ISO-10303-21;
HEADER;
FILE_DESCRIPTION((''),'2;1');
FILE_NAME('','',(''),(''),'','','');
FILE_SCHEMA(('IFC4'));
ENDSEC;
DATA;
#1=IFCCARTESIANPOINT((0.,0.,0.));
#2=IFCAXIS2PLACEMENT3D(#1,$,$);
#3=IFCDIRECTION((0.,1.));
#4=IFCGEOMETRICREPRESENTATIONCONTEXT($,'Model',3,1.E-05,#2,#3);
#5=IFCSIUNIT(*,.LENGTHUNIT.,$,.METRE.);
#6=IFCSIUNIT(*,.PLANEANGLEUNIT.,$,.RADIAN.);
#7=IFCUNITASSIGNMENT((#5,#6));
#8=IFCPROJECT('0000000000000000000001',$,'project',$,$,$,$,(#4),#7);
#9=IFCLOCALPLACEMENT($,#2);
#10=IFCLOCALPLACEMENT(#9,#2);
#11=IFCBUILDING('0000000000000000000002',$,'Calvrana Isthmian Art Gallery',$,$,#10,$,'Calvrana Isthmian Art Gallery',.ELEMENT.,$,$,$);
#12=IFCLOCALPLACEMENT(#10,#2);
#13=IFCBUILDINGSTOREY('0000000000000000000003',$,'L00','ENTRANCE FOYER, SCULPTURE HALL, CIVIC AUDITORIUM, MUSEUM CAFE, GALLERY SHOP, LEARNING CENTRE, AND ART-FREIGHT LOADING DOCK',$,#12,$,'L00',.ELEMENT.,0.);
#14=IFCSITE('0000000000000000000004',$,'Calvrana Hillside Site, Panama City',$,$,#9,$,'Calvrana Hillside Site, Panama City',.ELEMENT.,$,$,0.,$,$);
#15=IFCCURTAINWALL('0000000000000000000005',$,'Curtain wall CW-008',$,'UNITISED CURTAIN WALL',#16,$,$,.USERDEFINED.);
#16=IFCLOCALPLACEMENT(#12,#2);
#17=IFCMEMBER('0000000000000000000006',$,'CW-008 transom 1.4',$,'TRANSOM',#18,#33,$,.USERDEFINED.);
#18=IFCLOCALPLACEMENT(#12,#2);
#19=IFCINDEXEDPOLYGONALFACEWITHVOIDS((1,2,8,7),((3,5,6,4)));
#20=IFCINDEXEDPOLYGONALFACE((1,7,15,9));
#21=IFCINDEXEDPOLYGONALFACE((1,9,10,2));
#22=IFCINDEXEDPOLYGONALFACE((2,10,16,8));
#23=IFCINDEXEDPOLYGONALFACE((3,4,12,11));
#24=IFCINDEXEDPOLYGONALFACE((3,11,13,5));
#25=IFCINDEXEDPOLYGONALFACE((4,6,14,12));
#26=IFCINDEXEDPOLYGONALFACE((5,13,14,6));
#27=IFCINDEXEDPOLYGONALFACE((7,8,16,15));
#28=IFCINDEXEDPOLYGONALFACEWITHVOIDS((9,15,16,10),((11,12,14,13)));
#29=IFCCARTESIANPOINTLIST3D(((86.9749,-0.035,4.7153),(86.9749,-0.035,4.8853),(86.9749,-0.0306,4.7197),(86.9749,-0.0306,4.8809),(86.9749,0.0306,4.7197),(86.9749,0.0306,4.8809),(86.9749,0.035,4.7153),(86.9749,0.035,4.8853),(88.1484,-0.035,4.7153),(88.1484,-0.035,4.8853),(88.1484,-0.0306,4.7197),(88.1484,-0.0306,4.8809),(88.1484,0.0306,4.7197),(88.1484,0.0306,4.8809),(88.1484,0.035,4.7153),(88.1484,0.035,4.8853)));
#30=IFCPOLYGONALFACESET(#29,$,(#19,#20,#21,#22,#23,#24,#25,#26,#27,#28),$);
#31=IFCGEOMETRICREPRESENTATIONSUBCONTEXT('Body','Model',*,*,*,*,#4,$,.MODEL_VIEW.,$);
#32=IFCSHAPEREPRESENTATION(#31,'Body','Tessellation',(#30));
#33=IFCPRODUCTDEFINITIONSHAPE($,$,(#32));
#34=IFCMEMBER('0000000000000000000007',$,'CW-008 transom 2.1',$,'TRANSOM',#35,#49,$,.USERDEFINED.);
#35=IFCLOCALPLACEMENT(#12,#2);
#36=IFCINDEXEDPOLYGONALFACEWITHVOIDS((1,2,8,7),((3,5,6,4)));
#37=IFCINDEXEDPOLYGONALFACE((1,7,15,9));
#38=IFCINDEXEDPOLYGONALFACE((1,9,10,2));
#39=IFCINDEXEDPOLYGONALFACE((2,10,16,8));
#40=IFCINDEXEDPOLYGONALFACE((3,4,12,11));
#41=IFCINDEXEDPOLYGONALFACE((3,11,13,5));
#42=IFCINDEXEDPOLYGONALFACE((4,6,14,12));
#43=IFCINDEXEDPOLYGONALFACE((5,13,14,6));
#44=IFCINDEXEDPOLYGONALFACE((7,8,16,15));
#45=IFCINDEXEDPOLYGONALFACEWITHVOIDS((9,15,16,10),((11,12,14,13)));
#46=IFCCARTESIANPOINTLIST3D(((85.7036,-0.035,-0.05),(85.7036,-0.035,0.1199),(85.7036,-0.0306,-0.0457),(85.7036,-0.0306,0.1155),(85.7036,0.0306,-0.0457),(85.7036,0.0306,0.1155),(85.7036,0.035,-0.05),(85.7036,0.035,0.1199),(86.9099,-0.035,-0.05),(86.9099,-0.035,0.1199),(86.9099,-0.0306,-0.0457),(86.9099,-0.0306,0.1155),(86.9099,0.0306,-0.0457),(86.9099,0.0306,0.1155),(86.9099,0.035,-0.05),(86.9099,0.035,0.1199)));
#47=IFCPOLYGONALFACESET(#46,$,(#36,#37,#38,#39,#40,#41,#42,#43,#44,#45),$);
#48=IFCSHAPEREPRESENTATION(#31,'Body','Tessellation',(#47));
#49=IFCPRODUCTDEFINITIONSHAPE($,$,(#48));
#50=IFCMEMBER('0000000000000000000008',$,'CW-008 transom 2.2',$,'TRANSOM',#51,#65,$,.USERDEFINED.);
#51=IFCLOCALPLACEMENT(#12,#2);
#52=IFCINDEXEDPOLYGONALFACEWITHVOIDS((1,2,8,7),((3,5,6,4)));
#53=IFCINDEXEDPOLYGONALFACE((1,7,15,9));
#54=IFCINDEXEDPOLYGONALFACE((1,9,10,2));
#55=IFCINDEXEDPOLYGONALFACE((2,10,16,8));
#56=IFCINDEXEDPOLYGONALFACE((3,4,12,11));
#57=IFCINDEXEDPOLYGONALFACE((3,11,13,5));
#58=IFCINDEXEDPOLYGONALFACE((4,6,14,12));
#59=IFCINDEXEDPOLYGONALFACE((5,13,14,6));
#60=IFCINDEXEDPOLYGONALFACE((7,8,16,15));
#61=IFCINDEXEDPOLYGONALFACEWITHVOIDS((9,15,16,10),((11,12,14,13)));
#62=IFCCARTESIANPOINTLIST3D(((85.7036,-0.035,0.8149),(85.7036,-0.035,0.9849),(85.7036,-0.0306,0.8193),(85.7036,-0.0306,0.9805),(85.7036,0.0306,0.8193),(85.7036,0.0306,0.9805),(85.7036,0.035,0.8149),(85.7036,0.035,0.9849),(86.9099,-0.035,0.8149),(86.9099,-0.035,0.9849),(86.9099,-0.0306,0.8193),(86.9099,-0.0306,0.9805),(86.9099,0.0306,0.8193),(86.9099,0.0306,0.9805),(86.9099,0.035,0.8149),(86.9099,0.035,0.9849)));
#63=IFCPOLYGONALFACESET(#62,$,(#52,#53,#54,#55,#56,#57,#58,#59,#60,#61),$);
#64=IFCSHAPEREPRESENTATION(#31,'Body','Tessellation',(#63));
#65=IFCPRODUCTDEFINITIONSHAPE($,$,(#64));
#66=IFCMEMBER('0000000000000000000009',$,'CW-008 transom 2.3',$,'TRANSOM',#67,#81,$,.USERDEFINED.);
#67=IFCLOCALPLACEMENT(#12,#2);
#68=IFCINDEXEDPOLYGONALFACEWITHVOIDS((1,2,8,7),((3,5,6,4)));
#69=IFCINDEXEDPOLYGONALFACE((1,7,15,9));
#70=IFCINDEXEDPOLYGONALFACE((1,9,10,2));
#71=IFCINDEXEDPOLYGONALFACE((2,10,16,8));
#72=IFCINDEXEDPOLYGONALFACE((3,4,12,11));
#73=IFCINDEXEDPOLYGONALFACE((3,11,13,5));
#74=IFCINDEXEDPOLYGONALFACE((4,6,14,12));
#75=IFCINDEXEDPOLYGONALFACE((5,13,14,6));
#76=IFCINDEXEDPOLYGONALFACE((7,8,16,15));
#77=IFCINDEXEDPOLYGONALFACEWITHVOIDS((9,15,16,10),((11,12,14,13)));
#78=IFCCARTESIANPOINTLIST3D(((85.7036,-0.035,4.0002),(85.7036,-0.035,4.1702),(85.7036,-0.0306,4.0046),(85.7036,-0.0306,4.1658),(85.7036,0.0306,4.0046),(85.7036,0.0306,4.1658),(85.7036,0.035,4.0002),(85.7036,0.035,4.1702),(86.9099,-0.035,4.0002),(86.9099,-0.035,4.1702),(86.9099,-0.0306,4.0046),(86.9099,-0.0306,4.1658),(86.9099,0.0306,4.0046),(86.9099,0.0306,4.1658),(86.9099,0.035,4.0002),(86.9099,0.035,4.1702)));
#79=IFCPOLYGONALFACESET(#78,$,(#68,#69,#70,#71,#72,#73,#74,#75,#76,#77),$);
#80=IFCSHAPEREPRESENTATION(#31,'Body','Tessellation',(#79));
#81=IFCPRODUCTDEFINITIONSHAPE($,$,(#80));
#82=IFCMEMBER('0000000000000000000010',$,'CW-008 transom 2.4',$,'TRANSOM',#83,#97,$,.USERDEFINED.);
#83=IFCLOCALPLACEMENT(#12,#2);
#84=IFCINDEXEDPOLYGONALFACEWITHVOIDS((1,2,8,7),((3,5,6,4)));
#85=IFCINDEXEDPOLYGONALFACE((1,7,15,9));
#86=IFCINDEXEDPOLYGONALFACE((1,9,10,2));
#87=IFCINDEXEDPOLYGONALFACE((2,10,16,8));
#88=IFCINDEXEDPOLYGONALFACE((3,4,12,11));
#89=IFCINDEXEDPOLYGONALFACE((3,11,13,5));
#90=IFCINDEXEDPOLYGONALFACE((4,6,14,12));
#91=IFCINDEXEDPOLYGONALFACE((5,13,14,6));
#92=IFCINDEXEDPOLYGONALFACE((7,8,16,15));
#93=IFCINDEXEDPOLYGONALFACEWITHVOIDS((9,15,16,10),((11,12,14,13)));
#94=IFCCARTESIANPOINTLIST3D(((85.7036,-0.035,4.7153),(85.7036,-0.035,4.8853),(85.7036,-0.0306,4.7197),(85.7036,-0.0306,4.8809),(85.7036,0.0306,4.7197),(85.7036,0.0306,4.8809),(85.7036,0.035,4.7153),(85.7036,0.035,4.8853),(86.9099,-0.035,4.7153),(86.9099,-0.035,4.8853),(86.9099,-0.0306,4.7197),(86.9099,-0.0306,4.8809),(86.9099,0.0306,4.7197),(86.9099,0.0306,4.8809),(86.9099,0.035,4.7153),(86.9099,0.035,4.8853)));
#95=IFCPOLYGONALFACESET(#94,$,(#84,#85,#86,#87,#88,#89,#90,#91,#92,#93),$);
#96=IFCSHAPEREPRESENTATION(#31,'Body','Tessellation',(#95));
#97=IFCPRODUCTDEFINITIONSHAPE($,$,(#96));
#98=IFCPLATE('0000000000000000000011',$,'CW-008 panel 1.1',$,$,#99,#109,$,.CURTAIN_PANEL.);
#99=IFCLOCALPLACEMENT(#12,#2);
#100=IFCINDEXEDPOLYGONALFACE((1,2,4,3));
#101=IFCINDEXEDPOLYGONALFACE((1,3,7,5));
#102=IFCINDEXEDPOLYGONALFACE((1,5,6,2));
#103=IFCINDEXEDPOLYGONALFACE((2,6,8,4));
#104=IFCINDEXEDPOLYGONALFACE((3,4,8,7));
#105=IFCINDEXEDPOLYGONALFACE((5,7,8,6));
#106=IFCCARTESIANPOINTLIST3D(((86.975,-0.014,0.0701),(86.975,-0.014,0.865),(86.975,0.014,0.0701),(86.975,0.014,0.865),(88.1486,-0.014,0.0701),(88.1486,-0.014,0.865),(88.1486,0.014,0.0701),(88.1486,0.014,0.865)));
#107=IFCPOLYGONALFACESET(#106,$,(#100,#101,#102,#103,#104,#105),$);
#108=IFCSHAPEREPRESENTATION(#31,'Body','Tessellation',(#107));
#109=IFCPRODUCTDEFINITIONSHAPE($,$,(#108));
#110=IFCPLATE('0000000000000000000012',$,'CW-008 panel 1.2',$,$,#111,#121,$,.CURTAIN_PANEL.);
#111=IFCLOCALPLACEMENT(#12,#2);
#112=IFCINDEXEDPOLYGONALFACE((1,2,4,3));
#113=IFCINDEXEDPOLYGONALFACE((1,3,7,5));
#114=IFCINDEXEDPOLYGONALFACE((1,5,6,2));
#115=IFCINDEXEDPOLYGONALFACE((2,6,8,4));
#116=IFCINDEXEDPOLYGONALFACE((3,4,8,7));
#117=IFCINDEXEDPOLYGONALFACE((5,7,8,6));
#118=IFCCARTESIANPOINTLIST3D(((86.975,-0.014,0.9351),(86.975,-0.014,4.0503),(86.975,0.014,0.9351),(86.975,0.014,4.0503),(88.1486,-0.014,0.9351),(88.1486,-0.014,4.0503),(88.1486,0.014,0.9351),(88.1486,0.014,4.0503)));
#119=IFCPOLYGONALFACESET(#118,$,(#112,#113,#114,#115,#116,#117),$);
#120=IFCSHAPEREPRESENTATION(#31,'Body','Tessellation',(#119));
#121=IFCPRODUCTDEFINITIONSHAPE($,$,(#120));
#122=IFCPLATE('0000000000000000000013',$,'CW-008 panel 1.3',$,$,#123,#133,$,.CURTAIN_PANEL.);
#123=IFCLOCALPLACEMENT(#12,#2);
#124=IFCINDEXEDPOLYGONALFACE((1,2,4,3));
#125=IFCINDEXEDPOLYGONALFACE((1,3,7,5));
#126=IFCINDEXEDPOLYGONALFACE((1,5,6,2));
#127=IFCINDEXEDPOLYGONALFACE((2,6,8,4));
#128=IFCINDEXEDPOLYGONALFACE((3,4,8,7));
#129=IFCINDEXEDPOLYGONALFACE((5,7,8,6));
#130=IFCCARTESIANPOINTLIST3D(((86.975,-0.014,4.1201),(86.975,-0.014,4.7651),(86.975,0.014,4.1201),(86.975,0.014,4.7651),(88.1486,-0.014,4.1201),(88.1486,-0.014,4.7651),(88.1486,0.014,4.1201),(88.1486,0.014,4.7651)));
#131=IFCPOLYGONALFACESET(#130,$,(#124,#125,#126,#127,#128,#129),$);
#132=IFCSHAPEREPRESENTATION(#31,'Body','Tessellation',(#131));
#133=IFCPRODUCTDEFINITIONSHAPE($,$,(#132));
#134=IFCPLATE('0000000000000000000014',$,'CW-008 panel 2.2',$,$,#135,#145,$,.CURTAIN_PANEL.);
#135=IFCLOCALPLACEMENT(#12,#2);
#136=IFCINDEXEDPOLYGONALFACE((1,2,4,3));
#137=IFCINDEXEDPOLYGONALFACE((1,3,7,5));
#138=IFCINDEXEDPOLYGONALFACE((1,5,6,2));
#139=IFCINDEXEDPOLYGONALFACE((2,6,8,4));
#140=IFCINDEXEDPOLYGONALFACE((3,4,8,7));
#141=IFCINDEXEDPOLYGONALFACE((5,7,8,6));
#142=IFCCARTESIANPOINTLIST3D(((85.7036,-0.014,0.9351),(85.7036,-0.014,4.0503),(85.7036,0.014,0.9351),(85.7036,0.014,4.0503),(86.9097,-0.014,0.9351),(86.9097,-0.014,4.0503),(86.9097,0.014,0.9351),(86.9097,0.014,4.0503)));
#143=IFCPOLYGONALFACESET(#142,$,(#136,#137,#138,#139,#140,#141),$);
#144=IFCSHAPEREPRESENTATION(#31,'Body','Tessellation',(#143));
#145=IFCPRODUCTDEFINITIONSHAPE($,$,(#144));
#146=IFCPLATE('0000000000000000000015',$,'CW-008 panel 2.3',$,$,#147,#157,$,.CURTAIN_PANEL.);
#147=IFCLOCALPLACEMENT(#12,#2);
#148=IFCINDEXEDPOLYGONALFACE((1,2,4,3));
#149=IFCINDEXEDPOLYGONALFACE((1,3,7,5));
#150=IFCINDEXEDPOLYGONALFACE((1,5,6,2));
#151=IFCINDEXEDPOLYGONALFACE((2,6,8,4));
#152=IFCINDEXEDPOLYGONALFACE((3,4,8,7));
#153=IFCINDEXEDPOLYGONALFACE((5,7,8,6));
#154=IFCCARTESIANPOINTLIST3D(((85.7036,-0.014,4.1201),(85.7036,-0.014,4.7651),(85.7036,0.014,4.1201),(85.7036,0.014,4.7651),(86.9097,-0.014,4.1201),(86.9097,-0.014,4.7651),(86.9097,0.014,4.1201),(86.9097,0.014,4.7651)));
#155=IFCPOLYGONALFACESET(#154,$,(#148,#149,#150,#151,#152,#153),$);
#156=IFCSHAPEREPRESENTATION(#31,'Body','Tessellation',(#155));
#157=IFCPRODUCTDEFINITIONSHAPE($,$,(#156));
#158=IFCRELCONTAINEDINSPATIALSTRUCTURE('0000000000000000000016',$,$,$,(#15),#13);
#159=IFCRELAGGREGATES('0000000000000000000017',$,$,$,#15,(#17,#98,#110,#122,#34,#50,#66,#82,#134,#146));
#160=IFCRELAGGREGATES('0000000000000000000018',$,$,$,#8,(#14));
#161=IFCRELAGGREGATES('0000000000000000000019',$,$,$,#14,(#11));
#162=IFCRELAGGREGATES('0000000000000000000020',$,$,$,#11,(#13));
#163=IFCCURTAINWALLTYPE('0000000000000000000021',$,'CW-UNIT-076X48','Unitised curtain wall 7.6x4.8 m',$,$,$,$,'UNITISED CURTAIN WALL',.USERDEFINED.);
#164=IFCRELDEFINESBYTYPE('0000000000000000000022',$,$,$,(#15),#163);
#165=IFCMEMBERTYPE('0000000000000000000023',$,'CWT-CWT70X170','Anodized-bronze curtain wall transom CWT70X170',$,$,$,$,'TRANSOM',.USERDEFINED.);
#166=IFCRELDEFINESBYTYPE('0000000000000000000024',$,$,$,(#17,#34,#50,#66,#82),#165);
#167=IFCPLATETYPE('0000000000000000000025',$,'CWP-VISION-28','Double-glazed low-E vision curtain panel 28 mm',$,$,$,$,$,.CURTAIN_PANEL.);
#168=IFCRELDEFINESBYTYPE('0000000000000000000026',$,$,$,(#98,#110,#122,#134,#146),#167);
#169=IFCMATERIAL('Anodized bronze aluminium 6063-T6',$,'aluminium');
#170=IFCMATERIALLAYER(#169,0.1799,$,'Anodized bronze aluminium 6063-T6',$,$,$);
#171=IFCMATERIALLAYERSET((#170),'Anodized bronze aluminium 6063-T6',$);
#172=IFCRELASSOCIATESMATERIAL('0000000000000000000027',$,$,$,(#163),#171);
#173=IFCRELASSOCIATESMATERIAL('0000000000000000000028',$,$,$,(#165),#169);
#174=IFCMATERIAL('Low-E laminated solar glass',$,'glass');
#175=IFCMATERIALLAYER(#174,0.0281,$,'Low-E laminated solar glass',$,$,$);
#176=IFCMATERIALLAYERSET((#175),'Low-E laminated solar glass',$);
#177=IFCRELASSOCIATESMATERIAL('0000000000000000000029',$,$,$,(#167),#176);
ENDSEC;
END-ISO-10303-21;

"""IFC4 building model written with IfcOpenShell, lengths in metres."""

from ifc_helpers import new_model, si_unit, direction, frame, origin, origin_2d, place, context, subcontext, project, spatial, rectangle, hollow_rectangle, extrude, material, layer, layer_set, material_profile, profile_set, type_object, element, aggregate, save


model = new_model("IFC4")

# Units and contexts
model_context = context("Model", 3, precision=1e-05, world=origin(), true_north=direction((0.0, 1.0)))
body_context = subcontext(model_context, "Body", "Model", "MODEL_VIEW")
ifc_project = project(units=[si_unit("LENGTHUNIT", "METRE"), si_unit("PLANEANGLEUNIT", "RADIAN")], contexts=[model_context])

# Site, building, storey
site_placement = place(None, origin())
site = spatial("IfcSite", under=ifc_project, at=site_placement, Name="Calvrana Hillside Site, Panama City", LongName="Calvrana Hillside Site, Panama City", CompositionType="ELEMENT", RefElevation=0.0)
building_placement = place(site_placement, origin())
building = spatial("IfcBuilding", under=site, at=building_placement, Name="Calvrana Isthmian Art Gallery", LongName="Calvrana Isthmian Art Gallery", CompositionType="ELEMENT")
storey_placement = place(building_placement, origin())
storey = spatial("IfcBuildingStorey", under=building, at=storey_placement, Name="L00", Description="ENTRANCE FOYER, SCULPTURE HALL, CIVIC AUDITORIUM, MUSEUM CAFE, GALLERY SHOP, LEARNING CENTRE, AND ART-FREIGHT LOADING DOCK", LongName="L00", CompositionType="ELEMENT", Elevation=0.0)

# Curtain wall, members, plates
ifc_material_1 = material(Name="Anodized bronze aluminium 6063-T6", Category="aluminium")
ifc_layer_1 = layer(ifc_material_1, 0.1799, Name="Anodized bronze aluminium 6063-T6")
ifc_layer_set_1 = layer_set([ifc_layer_1], Name="Anodized bronze aluminium 6063-T6")
curtain_wall_type = type_object("IfcCurtainWallType", Name="CW-UNIT-076X48", Description="Unitised curtain wall 7.6x4.8 m", ElementType="UNITISED CURTAIN WALL", PredefinedType="USERDEFINED", material=ifc_layer_set_1)
curtain_wall_placement = place(storey_placement, origin())
curtain_wall = element("IfcCurtainWall", 1, at=curtain_wall_placement, inside=storey, type_object=curtain_wall_type, Name="Curtain wall CW-008", ObjectType="UNITISED CURTAIN WALL", PredefinedType="USERDEFINED")
ifc_material_profile_1 = material_profile(ifc_material_1, hollow_rectangle(XDim=0.0701, YDim=0.1699, WallThickness=0.0044, at=origin_2d()), Name="CWT70X170")
ifc_profile_set_1 = profile_set([ifc_material_profile_1], Name="Anodized bronze aluminium 6063-T6")
member_type_1 = type_object("IfcMemberType", Name="CWT-CWT70X170", Description="Anodized-bronze curtain wall transom CWT70X170", ElementType="TRANSOM", PredefinedType="USERDEFINED", material=ifc_profile_set_1)
member_1_placement = place(storey_placement, frame((88.1484, 0.0, 4.8003), z_axis=(-1.0, 0.0, 0.0), x_axis=(0.0, -1.0, 0.0)))
member_1 = element("IfcMember", 2, at=member_1_placement, type_object=member_type_1, Name="CW-008 transom 1.4", ObjectType="TRANSOM", PredefinedType="USERDEFINED", context=body_context, shape_type="SweptSolid", body=[
    extrude(hollow_rectangle(XDim=0.0701, YDim=0.1699, WallThickness=0.0044, at=origin_2d()), origin(), (0.0, 0.0, 1.0), 1.1736),
])
member_2_placement = place(storey_placement, frame((86.9099, 0.0, 0.0349), z_axis=(-1.0, 0.0, 0.0), x_axis=(0.0, -1.0, 0.0)))
member_2 = element("IfcMember", 3, at=member_2_placement, type_object=member_type_1, Name="CW-008 transom 2.1", ObjectType="TRANSOM", PredefinedType="USERDEFINED", context=body_context, shape_type="SweptSolid", body=[
    extrude(hollow_rectangle(XDim=0.0701, YDim=0.1699, WallThickness=0.0044, at=origin_2d()), origin(), (0.0, 0.0, 1.0), 1.2063),
])
member_3_placement = place(storey_placement, frame((86.9099, 0.0, 0.8999), z_axis=(-1.0, 0.0, 0.0), x_axis=(0.0, -1.0, 0.0)))
member_3 = element("IfcMember", 4, at=member_3_placement, type_object=member_type_1, Name="CW-008 transom 2.2", ObjectType="TRANSOM", PredefinedType="USERDEFINED", context=body_context, shape_type="SweptSolid", body=[
    extrude(hollow_rectangle(XDim=0.0701, YDim=0.1699, WallThickness=0.0044, at=origin_2d()), origin(), (0.0, 0.0, 1.0), 1.2063),
])
member_4_placement = place(storey_placement, frame((86.9099, 0.0, 4.0852), z_axis=(-1.0, 0.0, 0.0), x_axis=(0.0, -1.0, 0.0)))
member_4 = element("IfcMember", 5, at=member_4_placement, type_object=member_type_1, Name="CW-008 transom 2.3", ObjectType="TRANSOM", PredefinedType="USERDEFINED", context=body_context, shape_type="SweptSolid", body=[
    extrude(hollow_rectangle(XDim=0.0701, YDim=0.1699, WallThickness=0.0044, at=origin_2d()), origin(), (0.0, 0.0, 1.0), 1.2063),
])
member_5_placement = place(storey_placement, frame((86.9099, 0.0, 4.8003), z_axis=(-1.0, 0.0, 0.0), x_axis=(0.0, -1.0, 0.0)))
member_5 = element("IfcMember", 6, at=member_5_placement, type_object=member_type_1, Name="CW-008 transom 2.4", ObjectType="TRANSOM", PredefinedType="USERDEFINED", context=body_context, shape_type="SweptSolid", body=[
    extrude(hollow_rectangle(XDim=0.0701, YDim=0.1699, WallThickness=0.0044, at=origin_2d()), origin(), (0.0, 0.0, 1.0), 1.2063),
])
ifc_material_2 = material(Name="Low-E laminated solar glass", Category="glass")
ifc_layer_2 = layer(ifc_material_2, 0.0281, Name="Low-E laminated solar glass")
ifc_layer_set_2 = layer_set([ifc_layer_2], Name="Low-E laminated solar glass")
plate_type = type_object("IfcPlateType", Name="CWP-VISION-28", Description="Double-glazed low-E vision curtain panel 28 mm", PredefinedType="CURTAIN_PANEL", material=ifc_layer_set_2)
plate_1_placement = place(storey_placement, frame((87.5618, 0.0, 0.0701), z_axis=(0.0, 0.0, 1.0), x_axis=(-1.0, 0.0, 0.0)))
plate_1 = element("IfcPlate", 7, at=plate_1_placement, type_object=plate_type, Name="CW-008 panel 1.1", PredefinedType="CURTAIN_PANEL", context=body_context, shape_type="SweptSolid", body=[
    extrude(rectangle(XDim=1.1736, YDim=0.0281, at=origin_2d()), origin(), (0.0, 0.0, 1.0), 0.7949),
])
plate_2_placement = place(storey_placement, frame((87.5618, 0.0, 0.9351), z_axis=(0.0, 0.0, 1.0), x_axis=(-1.0, 0.0, 0.0)))
plate_2 = element("IfcPlate", 8, at=plate_2_placement, type_object=plate_type, Name="CW-008 panel 1.2", PredefinedType="CURTAIN_PANEL", context=body_context, shape_type="SweptSolid", body=[
    extrude(rectangle(XDim=1.1736, YDim=0.0281, at=origin_2d()), origin(), (0.0, 0.0, 1.0), 3.1152),
])
plate_3_placement = place(storey_placement, frame((87.5618, 0.0, 4.1201), z_axis=(0.0, 0.0, 1.0), x_axis=(-1.0, 0.0, 0.0)))
plate_3 = element("IfcPlate", 9, at=plate_3_placement, type_object=plate_type, Name="CW-008 panel 1.3", PredefinedType="CURTAIN_PANEL", context=body_context, shape_type="SweptSolid", body=[
    extrude(rectangle(XDim=1.1736, YDim=0.0281, at=origin_2d()), origin(), (0.0, 0.0, 1.0), 0.645),
])
plate_4_placement = place(storey_placement, frame((86.3066, 0.0, 0.9351), z_axis=(0.0, 0.0, 1.0), x_axis=(-1.0, 0.0, 0.0)))
plate_4 = element("IfcPlate", 10, at=plate_4_placement, type_object=plate_type, Name="CW-008 panel 2.2", PredefinedType="CURTAIN_PANEL", context=body_context, shape_type="SweptSolid", body=[
    extrude(rectangle(XDim=1.2061, YDim=0.0281, at=origin_2d()), origin(), (0.0, 0.0, 1.0), 3.1152),
])
plate_5_placement = place(storey_placement, frame((86.3066, 0.0, 4.1201), z_axis=(0.0, 0.0, 1.0), x_axis=(-1.0, 0.0, 0.0)))
plate_5 = element("IfcPlate", 11, at=plate_5_placement, type_object=plate_type, Name="CW-008 panel 2.3", PredefinedType="CURTAIN_PANEL", context=body_context, shape_type="SweptSolid", body=[
    extrude(rectangle(XDim=1.2061, YDim=0.0281, at=origin_2d()), origin(), (0.0, 0.0, 1.0), 0.645),
])
aggregate(curtain_wall, [member_1, plate_1, plate_2, plate_3, member_2, member_3, member_4, member_5, plate_4, plate_5])

save(model, "model.ifc")
